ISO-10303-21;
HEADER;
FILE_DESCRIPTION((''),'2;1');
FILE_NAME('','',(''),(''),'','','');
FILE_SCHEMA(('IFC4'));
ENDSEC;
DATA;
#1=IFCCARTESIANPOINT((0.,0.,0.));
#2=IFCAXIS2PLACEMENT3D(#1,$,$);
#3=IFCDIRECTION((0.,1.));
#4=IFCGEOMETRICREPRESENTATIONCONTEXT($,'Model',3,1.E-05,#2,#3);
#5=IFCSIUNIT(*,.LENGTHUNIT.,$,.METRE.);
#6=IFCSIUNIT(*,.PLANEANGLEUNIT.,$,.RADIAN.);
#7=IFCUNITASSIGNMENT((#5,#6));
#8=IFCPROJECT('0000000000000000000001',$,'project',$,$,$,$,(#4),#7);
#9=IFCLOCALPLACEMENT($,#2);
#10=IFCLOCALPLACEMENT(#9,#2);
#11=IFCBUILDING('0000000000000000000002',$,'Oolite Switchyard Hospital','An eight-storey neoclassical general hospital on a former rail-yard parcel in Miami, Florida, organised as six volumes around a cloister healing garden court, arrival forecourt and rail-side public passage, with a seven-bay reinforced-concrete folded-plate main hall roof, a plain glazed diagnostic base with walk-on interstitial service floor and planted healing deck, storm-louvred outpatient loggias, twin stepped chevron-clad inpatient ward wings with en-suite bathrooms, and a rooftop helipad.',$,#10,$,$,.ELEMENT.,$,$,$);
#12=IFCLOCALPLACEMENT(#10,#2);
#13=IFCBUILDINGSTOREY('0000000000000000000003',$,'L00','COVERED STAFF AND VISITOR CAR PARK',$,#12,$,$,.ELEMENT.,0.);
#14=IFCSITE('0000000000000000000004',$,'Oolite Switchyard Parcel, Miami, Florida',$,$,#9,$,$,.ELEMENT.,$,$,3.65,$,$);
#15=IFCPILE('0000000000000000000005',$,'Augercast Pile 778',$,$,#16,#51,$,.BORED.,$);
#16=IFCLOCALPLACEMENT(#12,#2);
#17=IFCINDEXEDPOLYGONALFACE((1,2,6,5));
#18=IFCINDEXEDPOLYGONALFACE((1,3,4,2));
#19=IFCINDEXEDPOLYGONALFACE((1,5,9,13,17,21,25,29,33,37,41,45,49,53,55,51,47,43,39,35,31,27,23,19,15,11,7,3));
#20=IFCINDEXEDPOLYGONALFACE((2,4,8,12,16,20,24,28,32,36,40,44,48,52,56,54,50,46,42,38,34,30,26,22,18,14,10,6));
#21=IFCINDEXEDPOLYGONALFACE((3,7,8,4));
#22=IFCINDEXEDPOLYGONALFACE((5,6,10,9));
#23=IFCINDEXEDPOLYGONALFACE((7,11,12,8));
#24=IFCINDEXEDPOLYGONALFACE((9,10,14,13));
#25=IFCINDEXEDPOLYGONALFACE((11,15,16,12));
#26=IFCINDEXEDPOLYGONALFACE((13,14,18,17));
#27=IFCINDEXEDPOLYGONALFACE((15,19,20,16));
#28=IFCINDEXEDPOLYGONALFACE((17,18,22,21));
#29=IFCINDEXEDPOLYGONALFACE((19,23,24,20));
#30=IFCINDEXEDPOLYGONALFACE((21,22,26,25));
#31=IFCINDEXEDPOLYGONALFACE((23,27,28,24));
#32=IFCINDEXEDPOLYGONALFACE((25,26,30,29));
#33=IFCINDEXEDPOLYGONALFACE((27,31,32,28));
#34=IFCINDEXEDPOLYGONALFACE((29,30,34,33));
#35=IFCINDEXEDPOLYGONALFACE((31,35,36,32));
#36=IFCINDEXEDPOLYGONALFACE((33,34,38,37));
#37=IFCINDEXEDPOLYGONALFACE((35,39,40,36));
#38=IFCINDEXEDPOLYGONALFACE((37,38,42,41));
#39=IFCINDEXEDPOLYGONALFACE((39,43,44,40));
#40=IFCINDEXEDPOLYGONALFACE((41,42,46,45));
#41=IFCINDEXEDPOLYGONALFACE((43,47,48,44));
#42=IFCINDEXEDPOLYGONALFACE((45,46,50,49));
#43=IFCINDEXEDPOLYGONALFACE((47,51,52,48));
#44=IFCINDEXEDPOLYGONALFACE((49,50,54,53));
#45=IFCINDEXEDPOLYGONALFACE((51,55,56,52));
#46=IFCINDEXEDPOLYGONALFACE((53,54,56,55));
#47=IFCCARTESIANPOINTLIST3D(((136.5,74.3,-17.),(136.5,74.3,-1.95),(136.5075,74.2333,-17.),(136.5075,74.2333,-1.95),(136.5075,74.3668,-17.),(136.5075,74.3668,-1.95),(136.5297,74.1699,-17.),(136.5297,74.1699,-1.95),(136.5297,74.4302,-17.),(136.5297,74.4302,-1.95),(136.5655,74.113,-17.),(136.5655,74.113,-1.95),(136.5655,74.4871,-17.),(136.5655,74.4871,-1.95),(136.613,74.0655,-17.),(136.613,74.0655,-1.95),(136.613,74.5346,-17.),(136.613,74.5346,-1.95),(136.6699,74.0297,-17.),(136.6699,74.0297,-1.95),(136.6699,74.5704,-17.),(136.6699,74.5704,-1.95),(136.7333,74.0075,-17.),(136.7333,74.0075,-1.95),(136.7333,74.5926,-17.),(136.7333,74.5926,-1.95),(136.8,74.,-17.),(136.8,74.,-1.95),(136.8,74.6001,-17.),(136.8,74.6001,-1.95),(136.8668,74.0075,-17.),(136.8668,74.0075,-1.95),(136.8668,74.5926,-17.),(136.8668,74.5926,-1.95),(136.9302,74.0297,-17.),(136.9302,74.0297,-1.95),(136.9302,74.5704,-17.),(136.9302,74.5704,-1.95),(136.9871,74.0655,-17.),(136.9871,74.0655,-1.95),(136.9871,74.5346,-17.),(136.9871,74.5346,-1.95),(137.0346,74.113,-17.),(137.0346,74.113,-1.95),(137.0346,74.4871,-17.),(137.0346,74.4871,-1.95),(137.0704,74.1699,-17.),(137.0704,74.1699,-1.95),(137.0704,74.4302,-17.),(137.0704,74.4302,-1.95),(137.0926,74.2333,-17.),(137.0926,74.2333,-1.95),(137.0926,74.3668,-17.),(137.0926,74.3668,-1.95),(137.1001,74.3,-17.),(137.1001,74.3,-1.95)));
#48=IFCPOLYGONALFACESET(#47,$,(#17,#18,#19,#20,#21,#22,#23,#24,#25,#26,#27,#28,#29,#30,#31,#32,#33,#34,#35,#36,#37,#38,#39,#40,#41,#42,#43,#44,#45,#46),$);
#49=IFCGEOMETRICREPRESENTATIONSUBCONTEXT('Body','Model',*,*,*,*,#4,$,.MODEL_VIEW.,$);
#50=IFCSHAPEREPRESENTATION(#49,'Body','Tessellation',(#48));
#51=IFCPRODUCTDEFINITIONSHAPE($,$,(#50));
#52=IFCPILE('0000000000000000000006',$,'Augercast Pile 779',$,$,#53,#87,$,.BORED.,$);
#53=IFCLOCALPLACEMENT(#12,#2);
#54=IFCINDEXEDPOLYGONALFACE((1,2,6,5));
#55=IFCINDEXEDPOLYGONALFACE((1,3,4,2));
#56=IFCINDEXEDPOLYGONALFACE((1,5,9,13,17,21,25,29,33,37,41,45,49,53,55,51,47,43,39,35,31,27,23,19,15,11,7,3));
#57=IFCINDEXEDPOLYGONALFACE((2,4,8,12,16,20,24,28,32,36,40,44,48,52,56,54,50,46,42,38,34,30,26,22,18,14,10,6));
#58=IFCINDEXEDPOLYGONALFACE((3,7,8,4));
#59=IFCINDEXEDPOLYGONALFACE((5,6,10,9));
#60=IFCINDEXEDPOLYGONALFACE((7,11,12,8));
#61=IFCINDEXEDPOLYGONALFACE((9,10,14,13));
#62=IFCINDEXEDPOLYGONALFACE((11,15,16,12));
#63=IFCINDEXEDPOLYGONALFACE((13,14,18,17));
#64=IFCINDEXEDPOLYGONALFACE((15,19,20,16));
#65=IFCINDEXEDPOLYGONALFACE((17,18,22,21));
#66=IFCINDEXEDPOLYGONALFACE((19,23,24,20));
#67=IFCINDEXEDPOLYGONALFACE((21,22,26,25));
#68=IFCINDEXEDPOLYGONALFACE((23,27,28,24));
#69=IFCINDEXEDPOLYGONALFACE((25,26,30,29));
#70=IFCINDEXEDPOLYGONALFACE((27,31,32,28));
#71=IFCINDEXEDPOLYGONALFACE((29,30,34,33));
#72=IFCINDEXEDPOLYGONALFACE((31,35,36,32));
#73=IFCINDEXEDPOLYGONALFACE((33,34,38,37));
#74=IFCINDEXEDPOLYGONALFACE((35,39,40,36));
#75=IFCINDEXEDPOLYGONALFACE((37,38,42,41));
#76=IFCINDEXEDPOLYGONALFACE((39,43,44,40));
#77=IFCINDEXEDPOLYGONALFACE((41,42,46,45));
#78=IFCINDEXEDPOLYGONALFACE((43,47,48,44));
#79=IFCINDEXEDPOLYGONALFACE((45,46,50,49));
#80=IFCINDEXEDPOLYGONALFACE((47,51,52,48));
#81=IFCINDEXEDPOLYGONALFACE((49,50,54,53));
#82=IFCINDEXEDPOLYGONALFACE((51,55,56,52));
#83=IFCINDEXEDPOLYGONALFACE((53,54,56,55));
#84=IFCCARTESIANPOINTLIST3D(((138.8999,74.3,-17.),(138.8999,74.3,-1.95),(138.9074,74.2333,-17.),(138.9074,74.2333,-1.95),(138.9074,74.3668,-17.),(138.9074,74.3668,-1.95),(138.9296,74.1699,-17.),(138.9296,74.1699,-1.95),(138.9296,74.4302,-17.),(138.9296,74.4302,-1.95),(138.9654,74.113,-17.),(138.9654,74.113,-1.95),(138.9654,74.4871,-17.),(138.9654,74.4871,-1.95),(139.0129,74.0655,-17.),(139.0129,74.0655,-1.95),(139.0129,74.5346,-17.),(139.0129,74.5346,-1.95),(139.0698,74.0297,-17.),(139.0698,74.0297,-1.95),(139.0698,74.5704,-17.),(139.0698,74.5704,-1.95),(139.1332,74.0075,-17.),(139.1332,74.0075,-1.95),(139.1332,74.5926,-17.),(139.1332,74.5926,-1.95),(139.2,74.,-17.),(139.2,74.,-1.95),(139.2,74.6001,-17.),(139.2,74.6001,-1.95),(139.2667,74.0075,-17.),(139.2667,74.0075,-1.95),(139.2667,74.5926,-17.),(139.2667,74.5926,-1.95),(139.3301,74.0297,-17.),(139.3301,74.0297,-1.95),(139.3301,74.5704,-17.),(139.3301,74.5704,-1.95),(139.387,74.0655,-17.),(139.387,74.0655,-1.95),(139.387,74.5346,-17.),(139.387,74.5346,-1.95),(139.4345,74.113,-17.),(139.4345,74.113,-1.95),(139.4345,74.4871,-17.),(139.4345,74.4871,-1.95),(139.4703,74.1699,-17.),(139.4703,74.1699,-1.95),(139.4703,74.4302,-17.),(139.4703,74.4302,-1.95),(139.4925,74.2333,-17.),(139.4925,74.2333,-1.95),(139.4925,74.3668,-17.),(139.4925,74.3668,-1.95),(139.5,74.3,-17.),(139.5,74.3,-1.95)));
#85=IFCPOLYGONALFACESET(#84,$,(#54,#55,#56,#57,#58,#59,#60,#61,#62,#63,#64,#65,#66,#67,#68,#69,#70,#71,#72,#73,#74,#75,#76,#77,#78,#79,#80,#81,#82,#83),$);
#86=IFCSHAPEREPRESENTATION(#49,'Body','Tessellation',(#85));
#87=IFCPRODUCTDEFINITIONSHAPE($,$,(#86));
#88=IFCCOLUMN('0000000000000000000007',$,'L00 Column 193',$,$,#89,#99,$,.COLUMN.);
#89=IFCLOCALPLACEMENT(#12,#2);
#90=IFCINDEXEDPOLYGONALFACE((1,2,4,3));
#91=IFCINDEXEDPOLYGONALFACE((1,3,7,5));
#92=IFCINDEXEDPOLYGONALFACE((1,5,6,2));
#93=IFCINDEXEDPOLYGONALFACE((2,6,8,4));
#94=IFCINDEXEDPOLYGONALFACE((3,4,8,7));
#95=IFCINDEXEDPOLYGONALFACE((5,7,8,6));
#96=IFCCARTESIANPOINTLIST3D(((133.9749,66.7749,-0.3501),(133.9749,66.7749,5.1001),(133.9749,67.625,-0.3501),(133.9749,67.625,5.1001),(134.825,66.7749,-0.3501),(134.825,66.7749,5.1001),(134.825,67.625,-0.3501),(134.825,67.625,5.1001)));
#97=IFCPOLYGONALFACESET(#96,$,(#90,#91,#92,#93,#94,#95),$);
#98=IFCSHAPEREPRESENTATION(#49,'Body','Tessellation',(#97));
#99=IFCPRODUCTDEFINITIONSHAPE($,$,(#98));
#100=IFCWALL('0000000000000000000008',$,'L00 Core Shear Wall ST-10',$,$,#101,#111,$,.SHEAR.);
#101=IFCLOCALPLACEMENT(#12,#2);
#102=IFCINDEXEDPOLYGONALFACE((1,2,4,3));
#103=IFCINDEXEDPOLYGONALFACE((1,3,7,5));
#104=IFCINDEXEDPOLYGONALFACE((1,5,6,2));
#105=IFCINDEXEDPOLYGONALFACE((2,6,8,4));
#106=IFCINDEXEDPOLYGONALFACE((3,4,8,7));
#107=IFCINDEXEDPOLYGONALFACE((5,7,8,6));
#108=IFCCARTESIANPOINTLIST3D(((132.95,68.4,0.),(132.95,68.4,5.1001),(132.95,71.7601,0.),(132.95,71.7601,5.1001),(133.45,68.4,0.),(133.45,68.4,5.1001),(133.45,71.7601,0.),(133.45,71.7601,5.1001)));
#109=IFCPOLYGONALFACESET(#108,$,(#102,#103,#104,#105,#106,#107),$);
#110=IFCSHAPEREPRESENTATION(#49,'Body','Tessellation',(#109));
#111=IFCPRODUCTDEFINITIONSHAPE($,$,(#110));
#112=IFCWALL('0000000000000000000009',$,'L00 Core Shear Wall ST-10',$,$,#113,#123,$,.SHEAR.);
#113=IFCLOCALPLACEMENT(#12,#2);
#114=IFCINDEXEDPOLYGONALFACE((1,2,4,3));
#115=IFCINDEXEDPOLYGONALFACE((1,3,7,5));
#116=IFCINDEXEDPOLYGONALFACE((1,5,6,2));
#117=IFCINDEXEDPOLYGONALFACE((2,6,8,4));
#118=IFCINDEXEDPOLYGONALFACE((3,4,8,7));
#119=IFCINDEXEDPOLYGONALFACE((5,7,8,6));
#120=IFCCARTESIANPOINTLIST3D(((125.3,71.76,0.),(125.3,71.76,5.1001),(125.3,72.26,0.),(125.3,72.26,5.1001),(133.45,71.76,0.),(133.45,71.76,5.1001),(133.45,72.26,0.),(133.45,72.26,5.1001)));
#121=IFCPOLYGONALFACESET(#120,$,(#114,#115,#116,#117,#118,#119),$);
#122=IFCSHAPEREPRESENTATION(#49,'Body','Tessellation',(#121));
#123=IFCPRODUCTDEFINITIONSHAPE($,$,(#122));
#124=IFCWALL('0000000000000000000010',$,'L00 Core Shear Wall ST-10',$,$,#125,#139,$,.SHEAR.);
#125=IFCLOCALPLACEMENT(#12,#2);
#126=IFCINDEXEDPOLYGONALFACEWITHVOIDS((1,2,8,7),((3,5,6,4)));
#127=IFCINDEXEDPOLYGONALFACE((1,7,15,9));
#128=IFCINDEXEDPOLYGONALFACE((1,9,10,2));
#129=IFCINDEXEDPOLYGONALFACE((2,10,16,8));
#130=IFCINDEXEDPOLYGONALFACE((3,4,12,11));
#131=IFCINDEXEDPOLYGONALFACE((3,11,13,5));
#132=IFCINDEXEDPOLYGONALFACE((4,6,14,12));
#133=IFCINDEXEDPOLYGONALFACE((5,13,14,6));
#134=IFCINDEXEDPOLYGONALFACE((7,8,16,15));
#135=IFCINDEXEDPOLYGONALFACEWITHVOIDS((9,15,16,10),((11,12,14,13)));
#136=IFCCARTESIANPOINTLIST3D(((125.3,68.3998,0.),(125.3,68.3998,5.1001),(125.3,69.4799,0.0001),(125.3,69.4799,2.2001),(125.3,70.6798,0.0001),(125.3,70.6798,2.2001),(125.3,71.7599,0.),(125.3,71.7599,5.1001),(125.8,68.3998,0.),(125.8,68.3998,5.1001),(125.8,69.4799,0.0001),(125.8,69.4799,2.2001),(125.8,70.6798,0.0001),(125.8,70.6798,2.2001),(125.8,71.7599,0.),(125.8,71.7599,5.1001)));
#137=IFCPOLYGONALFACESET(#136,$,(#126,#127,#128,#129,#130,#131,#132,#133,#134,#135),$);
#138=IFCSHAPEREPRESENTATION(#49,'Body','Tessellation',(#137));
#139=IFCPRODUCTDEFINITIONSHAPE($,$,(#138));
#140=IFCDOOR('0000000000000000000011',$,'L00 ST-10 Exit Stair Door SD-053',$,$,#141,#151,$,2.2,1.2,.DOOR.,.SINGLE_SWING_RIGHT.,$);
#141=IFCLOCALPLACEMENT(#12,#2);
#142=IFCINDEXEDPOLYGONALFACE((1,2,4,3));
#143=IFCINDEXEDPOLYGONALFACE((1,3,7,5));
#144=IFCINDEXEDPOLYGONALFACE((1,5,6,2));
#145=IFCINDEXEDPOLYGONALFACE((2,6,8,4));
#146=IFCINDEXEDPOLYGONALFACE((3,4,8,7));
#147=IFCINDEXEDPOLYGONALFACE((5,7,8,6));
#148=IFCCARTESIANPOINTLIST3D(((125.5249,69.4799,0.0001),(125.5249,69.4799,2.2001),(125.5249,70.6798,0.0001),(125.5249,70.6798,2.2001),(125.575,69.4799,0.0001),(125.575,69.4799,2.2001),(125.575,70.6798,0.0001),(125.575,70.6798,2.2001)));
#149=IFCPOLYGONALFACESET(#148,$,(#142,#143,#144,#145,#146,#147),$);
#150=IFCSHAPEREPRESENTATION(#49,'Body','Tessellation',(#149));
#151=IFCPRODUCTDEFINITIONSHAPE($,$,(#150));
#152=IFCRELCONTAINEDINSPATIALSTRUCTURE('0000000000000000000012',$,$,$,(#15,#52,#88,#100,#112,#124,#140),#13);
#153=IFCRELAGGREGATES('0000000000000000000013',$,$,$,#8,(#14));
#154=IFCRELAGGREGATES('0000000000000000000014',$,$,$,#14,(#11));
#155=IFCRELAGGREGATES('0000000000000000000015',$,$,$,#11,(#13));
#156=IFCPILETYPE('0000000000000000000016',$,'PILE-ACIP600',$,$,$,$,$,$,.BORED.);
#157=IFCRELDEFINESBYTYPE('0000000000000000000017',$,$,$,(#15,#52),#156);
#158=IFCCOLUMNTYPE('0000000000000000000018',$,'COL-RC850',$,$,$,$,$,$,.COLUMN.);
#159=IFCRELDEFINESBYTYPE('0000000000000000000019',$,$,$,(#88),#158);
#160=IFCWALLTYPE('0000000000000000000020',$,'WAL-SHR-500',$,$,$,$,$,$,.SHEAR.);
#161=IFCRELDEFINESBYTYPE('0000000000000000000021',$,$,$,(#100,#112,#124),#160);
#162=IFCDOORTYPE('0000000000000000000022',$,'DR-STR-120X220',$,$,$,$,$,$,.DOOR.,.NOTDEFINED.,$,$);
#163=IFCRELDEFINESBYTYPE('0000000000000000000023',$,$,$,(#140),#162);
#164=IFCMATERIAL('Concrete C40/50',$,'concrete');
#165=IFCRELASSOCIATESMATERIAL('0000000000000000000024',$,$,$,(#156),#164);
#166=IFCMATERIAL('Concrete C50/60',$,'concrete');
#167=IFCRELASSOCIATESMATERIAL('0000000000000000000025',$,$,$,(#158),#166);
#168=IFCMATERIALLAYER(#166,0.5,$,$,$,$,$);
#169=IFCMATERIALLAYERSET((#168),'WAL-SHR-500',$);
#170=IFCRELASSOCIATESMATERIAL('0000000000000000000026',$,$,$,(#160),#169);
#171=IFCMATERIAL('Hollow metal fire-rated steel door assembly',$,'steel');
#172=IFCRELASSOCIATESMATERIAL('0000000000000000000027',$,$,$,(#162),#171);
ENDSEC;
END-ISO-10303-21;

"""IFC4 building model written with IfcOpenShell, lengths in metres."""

from ifc_helpers import new_model, si_unit, direction, frame, frame_2d, origin, origin_2d, place, context, subcontext, project, spatial, rectangle, circle, extrude, material, layer, layer_set, material_profile, profile_set, type_object, element, fill, save


model = new_model("IFC4")

# Units and contexts
model_context = context("Model", 3, precision=1e-05, world=origin(), true_north=direction((0.0, 1.0)))
body_context = subcontext(model_context, "Body", "Model", "MODEL_VIEW")
ifc_project = project(units=[si_unit("LENGTHUNIT", "METRE"), si_unit("PLANEANGLEUNIT", "RADIAN")], contexts=[model_context])

# Site, building, storey
site_placement = place(None, origin())
site = spatial("IfcSite", under=ifc_project, at=site_placement, Name="Oolite Switchyard Parcel, Miami, Florida", CompositionType="ELEMENT", RefElevation=3.65)
building_placement = place(site_placement, origin())
building = spatial("IfcBuilding", under=site, at=building_placement, Name="Oolite Switchyard Hospital", Description="An eight-storey neoclassical general hospital on a former rail-yard parcel in Miami, Florida, organised as six volumes around a cloister healing garden court, arrival forecourt and rail-side public passage, with a seven-bay reinforced-concrete folded-plate main hall roof, a plain glazed diagnostic base with walk-on interstitial service floor and planted healing deck, storm-louvred outpatient loggias, twin stepped chevron-clad inpatient ward wings with en-suite bathrooms, and a rooftop helipad.", CompositionType="ELEMENT")
storey_placement = place(building_placement, origin())
storey = spatial("IfcBuildingStorey", under=building, at=storey_placement, Name="L00", Description="COVERED STAFF AND VISITOR CAR PARK", CompositionType="ELEMENT", Elevation=0.0)

# Shared definitions
ifc_material_1 = material(Name="Concrete C40/50", Category="concrete")

# Piles
ifc_material_profile_1 = material_profile(ifc_material_1, circle(Radius=0.3, at=origin_2d()), Name="PILE600")
ifc_profile_set_1 = profile_set([ifc_material_profile_1], Name="Concrete C40/50")
pile_type = type_object("IfcPileType", Name="PILE-ACIP600", PredefinedType="BORED", material=ifc_profile_set_1)
for number, where, z_axis, x_axis, name in (
    (1, (136.8, 74.3, -1.95), (0.0, 0.0, -1.0), (1.0, 0.0, 0.0), "Augercast Pile 778"),
    (2, (139.2, 74.3, -1.95), (0.0, 0.0, -1.0), (1.0, 0.0, 0.0), "Augercast Pile 779"),
):
    element("IfcPile", number, at=place(storey_placement, frame(where, z_axis=z_axis, x_axis=x_axis)), inside=storey, type_object=pile_type, Name=name, PredefinedType="BORED", context=body_context, shape_type="SweptSolid", body=[
        extrude(circle(Radius=0.3, at=origin_2d()), origin(), (0.0, 0.0, 1.0), 15.05),
    ])

# Column
ifc_material_2 = material(Name="Concrete C50/60", Category="concrete")
ifc_material_profile_2 = material_profile(ifc_material_2, rectangle(XDim=0.8501, YDim=0.8501, at=origin_2d()), Name="RC850X850")
ifc_profile_set_2 = profile_set([ifc_material_profile_2], Name="Concrete C50/60")
column_type = type_object("IfcColumnType", Name="COL-RC850", PredefinedType="COLUMN", material=ifc_profile_set_2)
column_placement = place(storey_placement, frame((134.3999, 67.2, -0.3501), z_axis=(0.0, 0.0, 1.0), x_axis=(1.0, 0.0, 0.0)))
element("IfcColumn", 3, at=column_placement, inside=storey, type_object=column_type, Name="L00 Column 193", PredefinedType="COLUMN", context=body_context, shape_type="SweptSolid", body=[
    extrude(rectangle(XDim=0.8501, YDim=0.8501, at=origin_2d()), origin(), (0.0, 0.0, 1.0), 5.4502),
])

# Walls
ifc_layer = layer(ifc_material_2, 0.5)
ifc_layer_set = layer_set([ifc_layer], Name="WAL-SHR-500")
wall_type = type_object("IfcWallType", Name="WAL-SHR-500", PredefinedType="SHEAR", material=ifc_layer_set)
wall_1_placement = place(storey_placement, frame((133.2, 68.3999, 0.0), z_axis=(0.0, 0.0, 1.0), x_axis=(0.0, 1.0, 0.0)))
element("IfcWall", 4, at=wall_1_placement, inside=storey, type_object=wall_type, Name="L00 Core Shear Wall ST-10", PredefinedType="SHEAR", context=body_context, shape_type="SweptSolid", body=[
    extrude(rectangle(XDim=3.3601, YDim=0.5, at=frame_2d((1.6802, 0.0))), origin(), (0.0, 0.0, 1.0), 5.1001),
])
wall_2_placement = place(storey_placement, frame((133.45, 72.01, 0.0), z_axis=(0.0, 0.0, 1.0), x_axis=(-1.0, 0.0, 0.0)))
element("IfcWall", 5, at=wall_2_placement, inside=storey, type_object=wall_type, Name="L00 Core Shear Wall ST-10", PredefinedType="SHEAR", context=body_context, shape_type="SweptSolid", body=[
    extrude(rectangle(XDim=8.1499, YDim=0.5, at=frame_2d((4.075, 0.0))), origin(), (0.0, 0.0, 1.0), 5.1001),
])

# Wall, opening, door
wall_3_placement = place(storey_placement, frame((125.55, 71.76, 0.0), z_axis=(0.0, 0.0, 1.0), x_axis=(0.0, -1.0, 0.0)))
wall_3 = element("IfcWall", 6, at=wall_3_placement, inside=storey, type_object=wall_type, Name="L00 Core Shear Wall ST-10", PredefinedType="SHEAR", context=body_context, shape_type="SweptSolid", body=[
    extrude(rectangle(XDim=3.3601, YDim=0.5, at=frame_2d((1.6802, 0.0))), origin(), (0.0, 0.0, 1.0), 5.1001),
])
opening_placement = place(wall_3_placement, frame((1.0801, 0.0, 0.0)))
opening = element("IfcOpeningElement", 7, at=opening_placement, cuts=wall_3, PredefinedType="OPENING", context=body_context, shape_type="SweptSolid", body=[
    extrude(rectangle(XDim=1.2, YDim=2.2, at=frame_2d((0.6001, 1.1001))), frame((0.0, 0.26, 0.0), z_axis=(0.0, -1.0, 0.0), x_axis=(1.0, 0.0, 0.0)), (0.0, 0.0, 1.0), 0.52),
])
ifc_material_3 = material(Name="Hollow metal fire-rated steel door assembly", Category="steel")
door_type = type_object("IfcDoorType", Name="DR-STR-120X220", OperationType="NOTDEFINED", PredefinedType="DOOR", material=ifc_material_3)
door_placement = place(opening_placement, origin())
door = element("IfcDoor", 8, at=door_placement, inside=storey, type_object=door_type, Name="L00 ST-10 Exit Stair Door SD-053", OperationType="SINGLE_SWING_RIGHT", OverallHeight=2.2, OverallWidth=1.2, PredefinedType="DOOR", context=body_context, shape_type="SweptSolid", body=[
    extrude(rectangle(XDim=1.2, YDim=2.2, at=frame_2d((0.6001, 1.1001))), frame((0.0, 0.0249, 0.0), z_axis=(0.0, -1.0, 0.0), x_axis=(1.0, 0.0, 0.0)), (0.0, 0.0, 1.0), 0.05),
])
fill(opening, door)

save(model, "model.ifc")
